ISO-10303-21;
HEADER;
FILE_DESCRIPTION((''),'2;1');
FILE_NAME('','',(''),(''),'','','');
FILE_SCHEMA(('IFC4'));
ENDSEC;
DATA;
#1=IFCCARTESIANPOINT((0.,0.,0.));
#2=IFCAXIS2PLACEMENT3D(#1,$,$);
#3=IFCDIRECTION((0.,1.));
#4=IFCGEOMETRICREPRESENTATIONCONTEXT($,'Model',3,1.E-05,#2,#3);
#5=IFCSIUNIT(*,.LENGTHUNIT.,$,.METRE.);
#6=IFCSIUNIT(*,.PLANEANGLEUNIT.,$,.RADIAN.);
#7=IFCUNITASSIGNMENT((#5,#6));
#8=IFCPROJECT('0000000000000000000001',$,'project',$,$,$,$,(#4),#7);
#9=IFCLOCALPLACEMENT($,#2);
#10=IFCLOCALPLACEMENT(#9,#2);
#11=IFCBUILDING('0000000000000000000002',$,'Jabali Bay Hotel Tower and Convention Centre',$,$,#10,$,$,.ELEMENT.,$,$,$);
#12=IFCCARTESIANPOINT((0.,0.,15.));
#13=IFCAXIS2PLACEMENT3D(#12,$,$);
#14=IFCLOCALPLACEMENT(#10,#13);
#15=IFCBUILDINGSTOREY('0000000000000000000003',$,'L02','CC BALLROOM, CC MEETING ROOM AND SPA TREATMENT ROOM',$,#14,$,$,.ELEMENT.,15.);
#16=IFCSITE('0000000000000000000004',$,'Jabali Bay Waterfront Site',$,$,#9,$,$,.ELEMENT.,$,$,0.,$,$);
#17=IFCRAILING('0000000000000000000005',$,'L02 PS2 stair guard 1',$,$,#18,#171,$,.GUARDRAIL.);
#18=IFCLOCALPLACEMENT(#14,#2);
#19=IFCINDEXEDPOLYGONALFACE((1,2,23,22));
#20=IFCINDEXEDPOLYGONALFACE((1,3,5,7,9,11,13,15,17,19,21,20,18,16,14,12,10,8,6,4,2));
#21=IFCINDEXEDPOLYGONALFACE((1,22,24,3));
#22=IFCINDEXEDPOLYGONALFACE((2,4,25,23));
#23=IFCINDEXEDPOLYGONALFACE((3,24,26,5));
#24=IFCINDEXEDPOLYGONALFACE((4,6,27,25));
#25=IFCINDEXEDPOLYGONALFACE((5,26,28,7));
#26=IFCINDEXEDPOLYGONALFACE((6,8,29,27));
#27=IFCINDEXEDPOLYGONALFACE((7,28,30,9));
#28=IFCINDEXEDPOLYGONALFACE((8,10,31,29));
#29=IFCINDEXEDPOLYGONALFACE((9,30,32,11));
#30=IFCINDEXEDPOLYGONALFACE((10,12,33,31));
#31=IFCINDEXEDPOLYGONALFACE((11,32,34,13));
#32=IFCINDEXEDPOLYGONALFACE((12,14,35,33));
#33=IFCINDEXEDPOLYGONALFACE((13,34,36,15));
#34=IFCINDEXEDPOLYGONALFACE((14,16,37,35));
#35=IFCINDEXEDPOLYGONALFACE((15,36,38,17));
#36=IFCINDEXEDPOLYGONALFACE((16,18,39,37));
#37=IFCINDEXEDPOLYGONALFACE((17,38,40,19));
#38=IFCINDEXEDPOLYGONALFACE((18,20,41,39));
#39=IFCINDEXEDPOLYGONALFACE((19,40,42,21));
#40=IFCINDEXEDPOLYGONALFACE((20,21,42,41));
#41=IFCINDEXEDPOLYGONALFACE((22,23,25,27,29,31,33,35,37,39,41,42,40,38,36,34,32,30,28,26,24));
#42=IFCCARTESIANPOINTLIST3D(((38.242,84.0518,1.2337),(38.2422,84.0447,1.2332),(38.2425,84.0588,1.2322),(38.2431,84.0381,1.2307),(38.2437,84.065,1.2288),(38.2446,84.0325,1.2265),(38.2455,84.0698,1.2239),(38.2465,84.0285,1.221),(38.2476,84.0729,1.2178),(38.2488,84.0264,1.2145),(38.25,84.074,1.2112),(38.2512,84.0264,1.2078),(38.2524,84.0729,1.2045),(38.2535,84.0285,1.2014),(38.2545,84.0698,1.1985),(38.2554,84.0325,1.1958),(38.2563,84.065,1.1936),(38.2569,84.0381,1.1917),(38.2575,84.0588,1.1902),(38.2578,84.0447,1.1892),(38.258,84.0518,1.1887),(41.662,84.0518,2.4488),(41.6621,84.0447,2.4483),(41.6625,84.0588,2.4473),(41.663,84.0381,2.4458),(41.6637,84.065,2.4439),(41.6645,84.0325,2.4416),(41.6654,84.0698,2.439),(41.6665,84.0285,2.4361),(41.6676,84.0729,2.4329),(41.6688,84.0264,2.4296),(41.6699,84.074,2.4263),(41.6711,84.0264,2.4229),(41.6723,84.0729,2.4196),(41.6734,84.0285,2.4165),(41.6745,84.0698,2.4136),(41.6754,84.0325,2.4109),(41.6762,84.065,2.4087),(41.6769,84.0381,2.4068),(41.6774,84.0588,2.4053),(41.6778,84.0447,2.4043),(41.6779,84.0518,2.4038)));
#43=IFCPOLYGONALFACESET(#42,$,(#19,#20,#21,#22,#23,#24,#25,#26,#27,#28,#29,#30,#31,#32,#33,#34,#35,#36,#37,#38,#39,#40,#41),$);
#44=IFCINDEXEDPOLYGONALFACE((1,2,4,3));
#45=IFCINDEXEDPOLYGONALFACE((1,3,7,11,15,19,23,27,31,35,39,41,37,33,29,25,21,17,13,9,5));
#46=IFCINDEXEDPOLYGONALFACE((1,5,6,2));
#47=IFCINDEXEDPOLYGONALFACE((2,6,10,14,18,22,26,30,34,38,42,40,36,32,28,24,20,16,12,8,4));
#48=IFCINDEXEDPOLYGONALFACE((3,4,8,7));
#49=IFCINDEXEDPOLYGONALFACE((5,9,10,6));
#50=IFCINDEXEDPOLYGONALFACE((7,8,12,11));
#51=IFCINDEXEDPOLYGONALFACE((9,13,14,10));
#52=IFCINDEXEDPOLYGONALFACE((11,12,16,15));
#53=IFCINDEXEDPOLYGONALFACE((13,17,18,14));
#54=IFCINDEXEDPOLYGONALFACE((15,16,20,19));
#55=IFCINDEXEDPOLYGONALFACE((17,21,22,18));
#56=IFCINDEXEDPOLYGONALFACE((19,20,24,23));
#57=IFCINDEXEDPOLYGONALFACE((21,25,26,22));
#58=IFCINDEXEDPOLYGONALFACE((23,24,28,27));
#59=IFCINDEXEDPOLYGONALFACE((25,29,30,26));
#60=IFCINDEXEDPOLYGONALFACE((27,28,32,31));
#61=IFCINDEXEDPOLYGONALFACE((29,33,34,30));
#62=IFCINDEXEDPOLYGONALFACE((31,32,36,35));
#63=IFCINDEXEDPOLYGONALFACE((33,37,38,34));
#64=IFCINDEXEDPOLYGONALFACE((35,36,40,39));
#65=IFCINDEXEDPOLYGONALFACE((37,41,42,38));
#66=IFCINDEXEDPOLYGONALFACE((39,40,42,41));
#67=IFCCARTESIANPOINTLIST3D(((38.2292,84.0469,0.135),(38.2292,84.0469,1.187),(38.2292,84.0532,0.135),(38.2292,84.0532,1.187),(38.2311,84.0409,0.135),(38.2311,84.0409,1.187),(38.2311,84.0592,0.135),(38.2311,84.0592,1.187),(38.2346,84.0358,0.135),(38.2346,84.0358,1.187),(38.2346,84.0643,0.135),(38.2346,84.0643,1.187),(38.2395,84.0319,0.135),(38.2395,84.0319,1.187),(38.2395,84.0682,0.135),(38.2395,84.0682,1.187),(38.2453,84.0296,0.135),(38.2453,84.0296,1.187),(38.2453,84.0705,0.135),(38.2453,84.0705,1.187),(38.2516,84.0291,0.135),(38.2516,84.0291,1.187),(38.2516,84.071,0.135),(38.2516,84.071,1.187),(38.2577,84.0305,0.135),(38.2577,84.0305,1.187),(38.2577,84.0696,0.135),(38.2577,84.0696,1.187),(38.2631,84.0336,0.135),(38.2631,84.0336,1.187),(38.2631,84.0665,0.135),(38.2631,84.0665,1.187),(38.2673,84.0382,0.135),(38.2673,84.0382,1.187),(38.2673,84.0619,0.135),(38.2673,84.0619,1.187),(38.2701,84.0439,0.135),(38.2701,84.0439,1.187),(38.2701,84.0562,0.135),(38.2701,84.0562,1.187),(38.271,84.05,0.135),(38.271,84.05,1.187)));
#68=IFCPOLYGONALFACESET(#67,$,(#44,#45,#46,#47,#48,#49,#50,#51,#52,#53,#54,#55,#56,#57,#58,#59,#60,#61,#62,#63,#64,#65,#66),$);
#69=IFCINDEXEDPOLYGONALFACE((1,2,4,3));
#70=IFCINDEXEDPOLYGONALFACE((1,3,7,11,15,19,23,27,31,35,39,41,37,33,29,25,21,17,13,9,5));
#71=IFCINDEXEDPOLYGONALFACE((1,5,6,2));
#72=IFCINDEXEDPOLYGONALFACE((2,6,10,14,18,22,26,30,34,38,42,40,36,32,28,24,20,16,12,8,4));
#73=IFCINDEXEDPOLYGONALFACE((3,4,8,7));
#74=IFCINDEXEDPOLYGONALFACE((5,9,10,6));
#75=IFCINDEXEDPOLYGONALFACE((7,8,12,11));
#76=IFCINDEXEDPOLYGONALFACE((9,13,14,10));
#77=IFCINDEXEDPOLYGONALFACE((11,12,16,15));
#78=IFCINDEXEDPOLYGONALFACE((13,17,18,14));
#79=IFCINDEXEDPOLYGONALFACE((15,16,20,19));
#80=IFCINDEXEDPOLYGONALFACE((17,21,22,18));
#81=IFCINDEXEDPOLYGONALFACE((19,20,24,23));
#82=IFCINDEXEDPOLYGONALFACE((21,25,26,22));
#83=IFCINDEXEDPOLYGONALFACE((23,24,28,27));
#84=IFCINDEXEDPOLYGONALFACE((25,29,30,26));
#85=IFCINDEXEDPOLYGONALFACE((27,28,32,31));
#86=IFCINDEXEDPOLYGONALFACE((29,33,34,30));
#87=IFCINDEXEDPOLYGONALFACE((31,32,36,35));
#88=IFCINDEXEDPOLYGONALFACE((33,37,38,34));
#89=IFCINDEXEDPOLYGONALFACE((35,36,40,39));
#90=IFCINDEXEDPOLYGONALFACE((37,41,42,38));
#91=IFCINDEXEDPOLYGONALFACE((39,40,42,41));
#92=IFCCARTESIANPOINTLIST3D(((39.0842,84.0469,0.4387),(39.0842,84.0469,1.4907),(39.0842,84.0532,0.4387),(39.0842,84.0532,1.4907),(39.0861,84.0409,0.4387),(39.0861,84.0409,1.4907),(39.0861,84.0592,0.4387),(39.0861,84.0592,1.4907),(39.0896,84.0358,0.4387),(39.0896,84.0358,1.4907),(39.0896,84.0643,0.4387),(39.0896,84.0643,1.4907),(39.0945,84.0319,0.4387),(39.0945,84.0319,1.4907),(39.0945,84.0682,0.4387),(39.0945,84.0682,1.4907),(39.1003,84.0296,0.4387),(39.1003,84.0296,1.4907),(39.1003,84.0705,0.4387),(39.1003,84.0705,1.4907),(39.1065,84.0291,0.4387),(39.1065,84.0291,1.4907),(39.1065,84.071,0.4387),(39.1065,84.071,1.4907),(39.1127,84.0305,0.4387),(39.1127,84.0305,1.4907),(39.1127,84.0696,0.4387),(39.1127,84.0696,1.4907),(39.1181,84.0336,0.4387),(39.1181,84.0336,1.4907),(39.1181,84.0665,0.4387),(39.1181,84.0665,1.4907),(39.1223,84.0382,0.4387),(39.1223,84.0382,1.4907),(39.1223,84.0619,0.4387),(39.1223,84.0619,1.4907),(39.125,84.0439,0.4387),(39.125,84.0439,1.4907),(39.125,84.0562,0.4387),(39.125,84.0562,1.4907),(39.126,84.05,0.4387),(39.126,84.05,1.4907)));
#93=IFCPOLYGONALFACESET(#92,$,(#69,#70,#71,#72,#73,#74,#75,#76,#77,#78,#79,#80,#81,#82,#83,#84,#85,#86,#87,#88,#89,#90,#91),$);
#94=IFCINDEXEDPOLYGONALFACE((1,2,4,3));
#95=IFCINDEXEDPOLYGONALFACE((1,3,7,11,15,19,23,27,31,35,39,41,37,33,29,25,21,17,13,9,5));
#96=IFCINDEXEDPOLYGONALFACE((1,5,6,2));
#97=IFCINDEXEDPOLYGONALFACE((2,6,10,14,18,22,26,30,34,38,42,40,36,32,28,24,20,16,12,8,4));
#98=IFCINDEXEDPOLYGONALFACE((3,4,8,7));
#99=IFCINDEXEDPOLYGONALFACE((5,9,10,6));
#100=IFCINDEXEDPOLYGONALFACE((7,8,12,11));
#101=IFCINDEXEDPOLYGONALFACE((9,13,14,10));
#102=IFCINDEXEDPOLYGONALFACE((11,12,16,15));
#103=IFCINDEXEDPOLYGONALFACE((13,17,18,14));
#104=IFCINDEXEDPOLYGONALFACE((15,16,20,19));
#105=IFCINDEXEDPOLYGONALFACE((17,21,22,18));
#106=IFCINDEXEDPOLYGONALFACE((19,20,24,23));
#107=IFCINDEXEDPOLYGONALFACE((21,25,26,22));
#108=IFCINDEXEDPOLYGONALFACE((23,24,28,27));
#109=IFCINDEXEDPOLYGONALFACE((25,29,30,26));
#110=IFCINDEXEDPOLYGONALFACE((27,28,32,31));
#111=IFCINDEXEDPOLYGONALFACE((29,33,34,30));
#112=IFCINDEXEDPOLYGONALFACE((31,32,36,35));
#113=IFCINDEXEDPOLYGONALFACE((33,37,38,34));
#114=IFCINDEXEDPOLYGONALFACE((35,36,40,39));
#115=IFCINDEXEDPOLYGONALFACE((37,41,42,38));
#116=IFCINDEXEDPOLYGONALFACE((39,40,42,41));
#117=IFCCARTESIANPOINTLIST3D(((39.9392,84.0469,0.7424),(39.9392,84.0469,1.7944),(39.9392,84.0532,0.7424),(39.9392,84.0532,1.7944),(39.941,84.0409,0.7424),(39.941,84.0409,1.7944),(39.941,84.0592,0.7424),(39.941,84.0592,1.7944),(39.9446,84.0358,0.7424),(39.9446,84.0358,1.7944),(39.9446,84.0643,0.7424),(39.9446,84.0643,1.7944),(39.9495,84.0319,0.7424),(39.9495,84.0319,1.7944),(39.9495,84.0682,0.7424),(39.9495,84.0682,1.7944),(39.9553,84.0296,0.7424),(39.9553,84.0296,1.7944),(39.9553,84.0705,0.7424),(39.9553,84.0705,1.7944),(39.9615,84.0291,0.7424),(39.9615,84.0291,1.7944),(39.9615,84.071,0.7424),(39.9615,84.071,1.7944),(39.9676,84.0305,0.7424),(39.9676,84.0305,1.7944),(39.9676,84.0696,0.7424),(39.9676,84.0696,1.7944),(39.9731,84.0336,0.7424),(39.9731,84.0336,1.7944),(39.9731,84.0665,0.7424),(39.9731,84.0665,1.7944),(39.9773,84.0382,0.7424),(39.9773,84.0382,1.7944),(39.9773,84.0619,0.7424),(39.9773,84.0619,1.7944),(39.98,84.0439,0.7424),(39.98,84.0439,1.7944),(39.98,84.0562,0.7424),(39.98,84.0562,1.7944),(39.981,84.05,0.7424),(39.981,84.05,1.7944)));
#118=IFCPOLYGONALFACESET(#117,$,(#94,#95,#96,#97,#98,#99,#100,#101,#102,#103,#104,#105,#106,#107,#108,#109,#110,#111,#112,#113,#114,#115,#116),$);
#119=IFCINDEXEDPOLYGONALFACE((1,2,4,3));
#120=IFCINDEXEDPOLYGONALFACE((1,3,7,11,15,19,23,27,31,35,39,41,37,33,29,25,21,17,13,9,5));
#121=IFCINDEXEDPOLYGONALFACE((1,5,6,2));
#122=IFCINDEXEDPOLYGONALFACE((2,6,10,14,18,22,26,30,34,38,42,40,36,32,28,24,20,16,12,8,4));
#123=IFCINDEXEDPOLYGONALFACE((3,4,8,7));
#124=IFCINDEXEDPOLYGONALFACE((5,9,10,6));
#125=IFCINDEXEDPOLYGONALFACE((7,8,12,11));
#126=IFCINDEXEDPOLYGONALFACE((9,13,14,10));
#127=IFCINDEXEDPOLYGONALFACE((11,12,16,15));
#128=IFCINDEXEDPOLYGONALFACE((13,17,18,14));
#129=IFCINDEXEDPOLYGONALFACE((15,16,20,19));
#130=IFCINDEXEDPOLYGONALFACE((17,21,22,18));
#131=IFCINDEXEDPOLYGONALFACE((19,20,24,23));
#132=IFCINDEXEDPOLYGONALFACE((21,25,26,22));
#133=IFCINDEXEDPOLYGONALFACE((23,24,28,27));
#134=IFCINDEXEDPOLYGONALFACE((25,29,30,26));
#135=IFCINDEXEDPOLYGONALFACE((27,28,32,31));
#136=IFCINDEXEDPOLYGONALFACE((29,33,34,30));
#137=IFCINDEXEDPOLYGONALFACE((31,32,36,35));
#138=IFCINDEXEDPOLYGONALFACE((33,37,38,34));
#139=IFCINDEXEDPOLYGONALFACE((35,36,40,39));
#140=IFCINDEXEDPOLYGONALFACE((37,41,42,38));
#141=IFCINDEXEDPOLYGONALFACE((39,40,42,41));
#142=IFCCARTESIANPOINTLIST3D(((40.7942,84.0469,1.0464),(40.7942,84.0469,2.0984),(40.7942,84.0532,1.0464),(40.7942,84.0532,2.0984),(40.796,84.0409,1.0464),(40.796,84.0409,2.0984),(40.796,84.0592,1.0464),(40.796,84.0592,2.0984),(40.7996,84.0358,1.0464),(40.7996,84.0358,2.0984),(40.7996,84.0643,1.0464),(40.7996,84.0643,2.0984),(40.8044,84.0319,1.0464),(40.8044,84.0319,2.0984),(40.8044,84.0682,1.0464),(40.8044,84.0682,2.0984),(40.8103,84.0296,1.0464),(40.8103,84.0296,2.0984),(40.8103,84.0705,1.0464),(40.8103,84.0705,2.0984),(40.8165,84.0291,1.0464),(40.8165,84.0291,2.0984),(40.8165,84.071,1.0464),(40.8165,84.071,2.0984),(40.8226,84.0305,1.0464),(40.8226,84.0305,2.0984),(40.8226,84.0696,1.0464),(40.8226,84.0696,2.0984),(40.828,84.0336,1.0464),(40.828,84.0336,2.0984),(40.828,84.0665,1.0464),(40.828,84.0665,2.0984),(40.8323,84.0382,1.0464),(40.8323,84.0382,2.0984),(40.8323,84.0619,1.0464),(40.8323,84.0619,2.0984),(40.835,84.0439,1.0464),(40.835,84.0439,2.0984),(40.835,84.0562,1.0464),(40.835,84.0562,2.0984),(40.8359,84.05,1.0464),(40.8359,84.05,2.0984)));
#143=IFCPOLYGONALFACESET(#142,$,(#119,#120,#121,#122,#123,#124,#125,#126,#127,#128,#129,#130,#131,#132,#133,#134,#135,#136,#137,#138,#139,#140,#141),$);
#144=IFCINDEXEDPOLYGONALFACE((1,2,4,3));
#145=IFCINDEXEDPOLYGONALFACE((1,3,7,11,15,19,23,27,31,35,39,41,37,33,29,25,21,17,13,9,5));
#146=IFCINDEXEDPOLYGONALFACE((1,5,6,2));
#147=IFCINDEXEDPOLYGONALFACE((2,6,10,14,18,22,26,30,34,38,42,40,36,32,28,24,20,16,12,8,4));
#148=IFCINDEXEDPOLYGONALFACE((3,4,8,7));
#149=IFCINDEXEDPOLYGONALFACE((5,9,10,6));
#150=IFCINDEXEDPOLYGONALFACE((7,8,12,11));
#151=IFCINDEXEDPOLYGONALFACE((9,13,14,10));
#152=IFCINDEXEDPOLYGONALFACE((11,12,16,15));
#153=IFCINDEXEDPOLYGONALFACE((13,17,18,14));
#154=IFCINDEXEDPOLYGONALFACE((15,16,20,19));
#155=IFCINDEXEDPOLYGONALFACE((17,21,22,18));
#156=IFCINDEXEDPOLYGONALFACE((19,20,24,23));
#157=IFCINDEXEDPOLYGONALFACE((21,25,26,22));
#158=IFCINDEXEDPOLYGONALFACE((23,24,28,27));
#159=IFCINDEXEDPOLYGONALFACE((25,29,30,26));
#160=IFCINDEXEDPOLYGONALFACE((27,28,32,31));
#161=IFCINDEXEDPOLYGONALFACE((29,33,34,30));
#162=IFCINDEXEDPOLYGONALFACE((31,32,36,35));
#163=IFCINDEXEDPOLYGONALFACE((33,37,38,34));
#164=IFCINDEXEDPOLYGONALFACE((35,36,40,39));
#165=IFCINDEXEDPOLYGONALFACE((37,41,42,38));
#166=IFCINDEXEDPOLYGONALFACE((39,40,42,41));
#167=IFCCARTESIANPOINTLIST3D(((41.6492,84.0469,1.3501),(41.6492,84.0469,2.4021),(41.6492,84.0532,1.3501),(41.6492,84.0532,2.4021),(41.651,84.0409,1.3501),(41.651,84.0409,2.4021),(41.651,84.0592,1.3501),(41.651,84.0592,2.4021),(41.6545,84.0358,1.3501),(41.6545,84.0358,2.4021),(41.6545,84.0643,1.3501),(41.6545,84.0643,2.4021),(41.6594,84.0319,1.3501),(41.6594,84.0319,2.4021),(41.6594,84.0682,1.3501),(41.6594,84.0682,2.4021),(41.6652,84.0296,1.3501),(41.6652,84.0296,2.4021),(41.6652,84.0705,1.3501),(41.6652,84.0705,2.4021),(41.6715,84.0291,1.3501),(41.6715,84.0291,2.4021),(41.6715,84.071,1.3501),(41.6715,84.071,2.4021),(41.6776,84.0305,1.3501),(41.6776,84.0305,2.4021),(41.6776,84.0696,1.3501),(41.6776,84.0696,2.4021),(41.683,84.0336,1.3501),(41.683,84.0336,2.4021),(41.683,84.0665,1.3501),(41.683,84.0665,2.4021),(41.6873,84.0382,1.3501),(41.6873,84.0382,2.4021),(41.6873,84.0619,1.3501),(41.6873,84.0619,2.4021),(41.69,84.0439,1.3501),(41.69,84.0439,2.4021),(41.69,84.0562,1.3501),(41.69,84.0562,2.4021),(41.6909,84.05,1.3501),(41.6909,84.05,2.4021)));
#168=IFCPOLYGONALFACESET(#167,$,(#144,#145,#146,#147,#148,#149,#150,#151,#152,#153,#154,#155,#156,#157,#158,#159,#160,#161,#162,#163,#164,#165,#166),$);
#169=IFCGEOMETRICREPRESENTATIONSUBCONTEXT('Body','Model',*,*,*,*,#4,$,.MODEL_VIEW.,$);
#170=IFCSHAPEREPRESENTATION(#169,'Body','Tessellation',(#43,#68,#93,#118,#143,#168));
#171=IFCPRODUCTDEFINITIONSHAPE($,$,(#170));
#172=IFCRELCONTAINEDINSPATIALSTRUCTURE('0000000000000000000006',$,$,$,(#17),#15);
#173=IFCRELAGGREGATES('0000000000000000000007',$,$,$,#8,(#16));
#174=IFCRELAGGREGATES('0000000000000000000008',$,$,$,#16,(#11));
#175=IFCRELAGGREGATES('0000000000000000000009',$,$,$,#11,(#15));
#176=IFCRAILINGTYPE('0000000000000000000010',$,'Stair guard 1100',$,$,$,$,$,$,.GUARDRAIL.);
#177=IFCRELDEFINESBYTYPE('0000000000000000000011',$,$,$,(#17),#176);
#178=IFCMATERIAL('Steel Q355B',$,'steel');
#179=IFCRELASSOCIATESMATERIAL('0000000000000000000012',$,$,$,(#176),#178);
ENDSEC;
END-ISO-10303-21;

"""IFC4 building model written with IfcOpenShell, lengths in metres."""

from ifc_helpers import new_model, si_unit, direction, frame, origin, origin_2d, place, context, subcontext, project, spatial, circle, extrude, material, type_object, element, save


model = new_model("IFC4")

# Units and contexts
model_context = context("Model", 3, precision=1e-05, world=origin(), true_north=direction((0.0, 1.0)))
body_context = subcontext(model_context, "Body", "Model", "MODEL_VIEW")
ifc_project = project(units=[si_unit("LENGTHUNIT", "METRE"), si_unit("PLANEANGLEUNIT", "RADIAN")], contexts=[model_context])

# Site, building, storey
site_placement = place(None, origin())
site = spatial("IfcSite", under=ifc_project, at=site_placement, Name="Jabali Bay Waterfront Site", CompositionType="ELEMENT", RefElevation=0.0)
building_placement = place(site_placement, origin())
building = spatial("IfcBuilding", under=site, at=building_placement, Name="Jabali Bay Hotel Tower and Convention Centre", CompositionType="ELEMENT")
storey_placement = place(building_placement, frame((0.0, 0.0, 15.0)))
storey = spatial("IfcBuildingStorey", under=building, at=storey_placement, Name="L02", Description="CC BALLROOM, CC MEETING ROOM AND SPA TREATMENT ROOM", CompositionType="ELEMENT", Elevation=15.0)

# Railing
ifc_material_1 = material(Name="Steel Q355B", Category="steel")
railing_type_1 = type_object("IfcRailingType", Name="Stair guard 1100", PredefinedType="GUARDRAIL", material=ifc_material_1)
railing_1_placement = place(storey_placement, frame((38.25, 84.05, 0.135)))
element("IfcRailing", 1, at=railing_1_placement, inside=storey, type_object=railing_type_1, Name="L02 PS2 stair guard 1", PredefinedType="GUARDRAIL", context=body_context, shape_type="SweptSolid", body=[
    extrude(circle(Radius=0.0239, at=origin_2d()), frame((0.0, 0.0, 1.0762), z_axis=(0.942292, 0.0, 0.334793), x_axis=(0.0, 1.0, 0.0)), (0.0, 0.0, 1.0), 3.6294),
    extrude(circle(Radius=0.021, at=origin_2d()), origin(), (0.0, 0.0, 1.0), 1.052),
    extrude(circle(Radius=0.021, at=origin_2d()), frame((0.855, 0.0, 0.3037)), (0.0, 0.0, 1.0), 1.052),
    extrude(circle(Radius=0.021, at=origin_2d()), frame((1.71, 0.0, 0.6074)), (0.0, 0.0, 1.0), 1.052),
    extrude(circle(Radius=0.021, at=origin_2d()), frame((2.5649, 0.0, 0.9114)), (0.0, 0.0, 1.0), 1.052),
    extrude(circle(Radius=0.021, at=origin_2d()), frame((3.4199, 0.0, 1.2151)), (0.0, 0.0, 1.0), 1.052),
])

save(model, "model.ifc")
